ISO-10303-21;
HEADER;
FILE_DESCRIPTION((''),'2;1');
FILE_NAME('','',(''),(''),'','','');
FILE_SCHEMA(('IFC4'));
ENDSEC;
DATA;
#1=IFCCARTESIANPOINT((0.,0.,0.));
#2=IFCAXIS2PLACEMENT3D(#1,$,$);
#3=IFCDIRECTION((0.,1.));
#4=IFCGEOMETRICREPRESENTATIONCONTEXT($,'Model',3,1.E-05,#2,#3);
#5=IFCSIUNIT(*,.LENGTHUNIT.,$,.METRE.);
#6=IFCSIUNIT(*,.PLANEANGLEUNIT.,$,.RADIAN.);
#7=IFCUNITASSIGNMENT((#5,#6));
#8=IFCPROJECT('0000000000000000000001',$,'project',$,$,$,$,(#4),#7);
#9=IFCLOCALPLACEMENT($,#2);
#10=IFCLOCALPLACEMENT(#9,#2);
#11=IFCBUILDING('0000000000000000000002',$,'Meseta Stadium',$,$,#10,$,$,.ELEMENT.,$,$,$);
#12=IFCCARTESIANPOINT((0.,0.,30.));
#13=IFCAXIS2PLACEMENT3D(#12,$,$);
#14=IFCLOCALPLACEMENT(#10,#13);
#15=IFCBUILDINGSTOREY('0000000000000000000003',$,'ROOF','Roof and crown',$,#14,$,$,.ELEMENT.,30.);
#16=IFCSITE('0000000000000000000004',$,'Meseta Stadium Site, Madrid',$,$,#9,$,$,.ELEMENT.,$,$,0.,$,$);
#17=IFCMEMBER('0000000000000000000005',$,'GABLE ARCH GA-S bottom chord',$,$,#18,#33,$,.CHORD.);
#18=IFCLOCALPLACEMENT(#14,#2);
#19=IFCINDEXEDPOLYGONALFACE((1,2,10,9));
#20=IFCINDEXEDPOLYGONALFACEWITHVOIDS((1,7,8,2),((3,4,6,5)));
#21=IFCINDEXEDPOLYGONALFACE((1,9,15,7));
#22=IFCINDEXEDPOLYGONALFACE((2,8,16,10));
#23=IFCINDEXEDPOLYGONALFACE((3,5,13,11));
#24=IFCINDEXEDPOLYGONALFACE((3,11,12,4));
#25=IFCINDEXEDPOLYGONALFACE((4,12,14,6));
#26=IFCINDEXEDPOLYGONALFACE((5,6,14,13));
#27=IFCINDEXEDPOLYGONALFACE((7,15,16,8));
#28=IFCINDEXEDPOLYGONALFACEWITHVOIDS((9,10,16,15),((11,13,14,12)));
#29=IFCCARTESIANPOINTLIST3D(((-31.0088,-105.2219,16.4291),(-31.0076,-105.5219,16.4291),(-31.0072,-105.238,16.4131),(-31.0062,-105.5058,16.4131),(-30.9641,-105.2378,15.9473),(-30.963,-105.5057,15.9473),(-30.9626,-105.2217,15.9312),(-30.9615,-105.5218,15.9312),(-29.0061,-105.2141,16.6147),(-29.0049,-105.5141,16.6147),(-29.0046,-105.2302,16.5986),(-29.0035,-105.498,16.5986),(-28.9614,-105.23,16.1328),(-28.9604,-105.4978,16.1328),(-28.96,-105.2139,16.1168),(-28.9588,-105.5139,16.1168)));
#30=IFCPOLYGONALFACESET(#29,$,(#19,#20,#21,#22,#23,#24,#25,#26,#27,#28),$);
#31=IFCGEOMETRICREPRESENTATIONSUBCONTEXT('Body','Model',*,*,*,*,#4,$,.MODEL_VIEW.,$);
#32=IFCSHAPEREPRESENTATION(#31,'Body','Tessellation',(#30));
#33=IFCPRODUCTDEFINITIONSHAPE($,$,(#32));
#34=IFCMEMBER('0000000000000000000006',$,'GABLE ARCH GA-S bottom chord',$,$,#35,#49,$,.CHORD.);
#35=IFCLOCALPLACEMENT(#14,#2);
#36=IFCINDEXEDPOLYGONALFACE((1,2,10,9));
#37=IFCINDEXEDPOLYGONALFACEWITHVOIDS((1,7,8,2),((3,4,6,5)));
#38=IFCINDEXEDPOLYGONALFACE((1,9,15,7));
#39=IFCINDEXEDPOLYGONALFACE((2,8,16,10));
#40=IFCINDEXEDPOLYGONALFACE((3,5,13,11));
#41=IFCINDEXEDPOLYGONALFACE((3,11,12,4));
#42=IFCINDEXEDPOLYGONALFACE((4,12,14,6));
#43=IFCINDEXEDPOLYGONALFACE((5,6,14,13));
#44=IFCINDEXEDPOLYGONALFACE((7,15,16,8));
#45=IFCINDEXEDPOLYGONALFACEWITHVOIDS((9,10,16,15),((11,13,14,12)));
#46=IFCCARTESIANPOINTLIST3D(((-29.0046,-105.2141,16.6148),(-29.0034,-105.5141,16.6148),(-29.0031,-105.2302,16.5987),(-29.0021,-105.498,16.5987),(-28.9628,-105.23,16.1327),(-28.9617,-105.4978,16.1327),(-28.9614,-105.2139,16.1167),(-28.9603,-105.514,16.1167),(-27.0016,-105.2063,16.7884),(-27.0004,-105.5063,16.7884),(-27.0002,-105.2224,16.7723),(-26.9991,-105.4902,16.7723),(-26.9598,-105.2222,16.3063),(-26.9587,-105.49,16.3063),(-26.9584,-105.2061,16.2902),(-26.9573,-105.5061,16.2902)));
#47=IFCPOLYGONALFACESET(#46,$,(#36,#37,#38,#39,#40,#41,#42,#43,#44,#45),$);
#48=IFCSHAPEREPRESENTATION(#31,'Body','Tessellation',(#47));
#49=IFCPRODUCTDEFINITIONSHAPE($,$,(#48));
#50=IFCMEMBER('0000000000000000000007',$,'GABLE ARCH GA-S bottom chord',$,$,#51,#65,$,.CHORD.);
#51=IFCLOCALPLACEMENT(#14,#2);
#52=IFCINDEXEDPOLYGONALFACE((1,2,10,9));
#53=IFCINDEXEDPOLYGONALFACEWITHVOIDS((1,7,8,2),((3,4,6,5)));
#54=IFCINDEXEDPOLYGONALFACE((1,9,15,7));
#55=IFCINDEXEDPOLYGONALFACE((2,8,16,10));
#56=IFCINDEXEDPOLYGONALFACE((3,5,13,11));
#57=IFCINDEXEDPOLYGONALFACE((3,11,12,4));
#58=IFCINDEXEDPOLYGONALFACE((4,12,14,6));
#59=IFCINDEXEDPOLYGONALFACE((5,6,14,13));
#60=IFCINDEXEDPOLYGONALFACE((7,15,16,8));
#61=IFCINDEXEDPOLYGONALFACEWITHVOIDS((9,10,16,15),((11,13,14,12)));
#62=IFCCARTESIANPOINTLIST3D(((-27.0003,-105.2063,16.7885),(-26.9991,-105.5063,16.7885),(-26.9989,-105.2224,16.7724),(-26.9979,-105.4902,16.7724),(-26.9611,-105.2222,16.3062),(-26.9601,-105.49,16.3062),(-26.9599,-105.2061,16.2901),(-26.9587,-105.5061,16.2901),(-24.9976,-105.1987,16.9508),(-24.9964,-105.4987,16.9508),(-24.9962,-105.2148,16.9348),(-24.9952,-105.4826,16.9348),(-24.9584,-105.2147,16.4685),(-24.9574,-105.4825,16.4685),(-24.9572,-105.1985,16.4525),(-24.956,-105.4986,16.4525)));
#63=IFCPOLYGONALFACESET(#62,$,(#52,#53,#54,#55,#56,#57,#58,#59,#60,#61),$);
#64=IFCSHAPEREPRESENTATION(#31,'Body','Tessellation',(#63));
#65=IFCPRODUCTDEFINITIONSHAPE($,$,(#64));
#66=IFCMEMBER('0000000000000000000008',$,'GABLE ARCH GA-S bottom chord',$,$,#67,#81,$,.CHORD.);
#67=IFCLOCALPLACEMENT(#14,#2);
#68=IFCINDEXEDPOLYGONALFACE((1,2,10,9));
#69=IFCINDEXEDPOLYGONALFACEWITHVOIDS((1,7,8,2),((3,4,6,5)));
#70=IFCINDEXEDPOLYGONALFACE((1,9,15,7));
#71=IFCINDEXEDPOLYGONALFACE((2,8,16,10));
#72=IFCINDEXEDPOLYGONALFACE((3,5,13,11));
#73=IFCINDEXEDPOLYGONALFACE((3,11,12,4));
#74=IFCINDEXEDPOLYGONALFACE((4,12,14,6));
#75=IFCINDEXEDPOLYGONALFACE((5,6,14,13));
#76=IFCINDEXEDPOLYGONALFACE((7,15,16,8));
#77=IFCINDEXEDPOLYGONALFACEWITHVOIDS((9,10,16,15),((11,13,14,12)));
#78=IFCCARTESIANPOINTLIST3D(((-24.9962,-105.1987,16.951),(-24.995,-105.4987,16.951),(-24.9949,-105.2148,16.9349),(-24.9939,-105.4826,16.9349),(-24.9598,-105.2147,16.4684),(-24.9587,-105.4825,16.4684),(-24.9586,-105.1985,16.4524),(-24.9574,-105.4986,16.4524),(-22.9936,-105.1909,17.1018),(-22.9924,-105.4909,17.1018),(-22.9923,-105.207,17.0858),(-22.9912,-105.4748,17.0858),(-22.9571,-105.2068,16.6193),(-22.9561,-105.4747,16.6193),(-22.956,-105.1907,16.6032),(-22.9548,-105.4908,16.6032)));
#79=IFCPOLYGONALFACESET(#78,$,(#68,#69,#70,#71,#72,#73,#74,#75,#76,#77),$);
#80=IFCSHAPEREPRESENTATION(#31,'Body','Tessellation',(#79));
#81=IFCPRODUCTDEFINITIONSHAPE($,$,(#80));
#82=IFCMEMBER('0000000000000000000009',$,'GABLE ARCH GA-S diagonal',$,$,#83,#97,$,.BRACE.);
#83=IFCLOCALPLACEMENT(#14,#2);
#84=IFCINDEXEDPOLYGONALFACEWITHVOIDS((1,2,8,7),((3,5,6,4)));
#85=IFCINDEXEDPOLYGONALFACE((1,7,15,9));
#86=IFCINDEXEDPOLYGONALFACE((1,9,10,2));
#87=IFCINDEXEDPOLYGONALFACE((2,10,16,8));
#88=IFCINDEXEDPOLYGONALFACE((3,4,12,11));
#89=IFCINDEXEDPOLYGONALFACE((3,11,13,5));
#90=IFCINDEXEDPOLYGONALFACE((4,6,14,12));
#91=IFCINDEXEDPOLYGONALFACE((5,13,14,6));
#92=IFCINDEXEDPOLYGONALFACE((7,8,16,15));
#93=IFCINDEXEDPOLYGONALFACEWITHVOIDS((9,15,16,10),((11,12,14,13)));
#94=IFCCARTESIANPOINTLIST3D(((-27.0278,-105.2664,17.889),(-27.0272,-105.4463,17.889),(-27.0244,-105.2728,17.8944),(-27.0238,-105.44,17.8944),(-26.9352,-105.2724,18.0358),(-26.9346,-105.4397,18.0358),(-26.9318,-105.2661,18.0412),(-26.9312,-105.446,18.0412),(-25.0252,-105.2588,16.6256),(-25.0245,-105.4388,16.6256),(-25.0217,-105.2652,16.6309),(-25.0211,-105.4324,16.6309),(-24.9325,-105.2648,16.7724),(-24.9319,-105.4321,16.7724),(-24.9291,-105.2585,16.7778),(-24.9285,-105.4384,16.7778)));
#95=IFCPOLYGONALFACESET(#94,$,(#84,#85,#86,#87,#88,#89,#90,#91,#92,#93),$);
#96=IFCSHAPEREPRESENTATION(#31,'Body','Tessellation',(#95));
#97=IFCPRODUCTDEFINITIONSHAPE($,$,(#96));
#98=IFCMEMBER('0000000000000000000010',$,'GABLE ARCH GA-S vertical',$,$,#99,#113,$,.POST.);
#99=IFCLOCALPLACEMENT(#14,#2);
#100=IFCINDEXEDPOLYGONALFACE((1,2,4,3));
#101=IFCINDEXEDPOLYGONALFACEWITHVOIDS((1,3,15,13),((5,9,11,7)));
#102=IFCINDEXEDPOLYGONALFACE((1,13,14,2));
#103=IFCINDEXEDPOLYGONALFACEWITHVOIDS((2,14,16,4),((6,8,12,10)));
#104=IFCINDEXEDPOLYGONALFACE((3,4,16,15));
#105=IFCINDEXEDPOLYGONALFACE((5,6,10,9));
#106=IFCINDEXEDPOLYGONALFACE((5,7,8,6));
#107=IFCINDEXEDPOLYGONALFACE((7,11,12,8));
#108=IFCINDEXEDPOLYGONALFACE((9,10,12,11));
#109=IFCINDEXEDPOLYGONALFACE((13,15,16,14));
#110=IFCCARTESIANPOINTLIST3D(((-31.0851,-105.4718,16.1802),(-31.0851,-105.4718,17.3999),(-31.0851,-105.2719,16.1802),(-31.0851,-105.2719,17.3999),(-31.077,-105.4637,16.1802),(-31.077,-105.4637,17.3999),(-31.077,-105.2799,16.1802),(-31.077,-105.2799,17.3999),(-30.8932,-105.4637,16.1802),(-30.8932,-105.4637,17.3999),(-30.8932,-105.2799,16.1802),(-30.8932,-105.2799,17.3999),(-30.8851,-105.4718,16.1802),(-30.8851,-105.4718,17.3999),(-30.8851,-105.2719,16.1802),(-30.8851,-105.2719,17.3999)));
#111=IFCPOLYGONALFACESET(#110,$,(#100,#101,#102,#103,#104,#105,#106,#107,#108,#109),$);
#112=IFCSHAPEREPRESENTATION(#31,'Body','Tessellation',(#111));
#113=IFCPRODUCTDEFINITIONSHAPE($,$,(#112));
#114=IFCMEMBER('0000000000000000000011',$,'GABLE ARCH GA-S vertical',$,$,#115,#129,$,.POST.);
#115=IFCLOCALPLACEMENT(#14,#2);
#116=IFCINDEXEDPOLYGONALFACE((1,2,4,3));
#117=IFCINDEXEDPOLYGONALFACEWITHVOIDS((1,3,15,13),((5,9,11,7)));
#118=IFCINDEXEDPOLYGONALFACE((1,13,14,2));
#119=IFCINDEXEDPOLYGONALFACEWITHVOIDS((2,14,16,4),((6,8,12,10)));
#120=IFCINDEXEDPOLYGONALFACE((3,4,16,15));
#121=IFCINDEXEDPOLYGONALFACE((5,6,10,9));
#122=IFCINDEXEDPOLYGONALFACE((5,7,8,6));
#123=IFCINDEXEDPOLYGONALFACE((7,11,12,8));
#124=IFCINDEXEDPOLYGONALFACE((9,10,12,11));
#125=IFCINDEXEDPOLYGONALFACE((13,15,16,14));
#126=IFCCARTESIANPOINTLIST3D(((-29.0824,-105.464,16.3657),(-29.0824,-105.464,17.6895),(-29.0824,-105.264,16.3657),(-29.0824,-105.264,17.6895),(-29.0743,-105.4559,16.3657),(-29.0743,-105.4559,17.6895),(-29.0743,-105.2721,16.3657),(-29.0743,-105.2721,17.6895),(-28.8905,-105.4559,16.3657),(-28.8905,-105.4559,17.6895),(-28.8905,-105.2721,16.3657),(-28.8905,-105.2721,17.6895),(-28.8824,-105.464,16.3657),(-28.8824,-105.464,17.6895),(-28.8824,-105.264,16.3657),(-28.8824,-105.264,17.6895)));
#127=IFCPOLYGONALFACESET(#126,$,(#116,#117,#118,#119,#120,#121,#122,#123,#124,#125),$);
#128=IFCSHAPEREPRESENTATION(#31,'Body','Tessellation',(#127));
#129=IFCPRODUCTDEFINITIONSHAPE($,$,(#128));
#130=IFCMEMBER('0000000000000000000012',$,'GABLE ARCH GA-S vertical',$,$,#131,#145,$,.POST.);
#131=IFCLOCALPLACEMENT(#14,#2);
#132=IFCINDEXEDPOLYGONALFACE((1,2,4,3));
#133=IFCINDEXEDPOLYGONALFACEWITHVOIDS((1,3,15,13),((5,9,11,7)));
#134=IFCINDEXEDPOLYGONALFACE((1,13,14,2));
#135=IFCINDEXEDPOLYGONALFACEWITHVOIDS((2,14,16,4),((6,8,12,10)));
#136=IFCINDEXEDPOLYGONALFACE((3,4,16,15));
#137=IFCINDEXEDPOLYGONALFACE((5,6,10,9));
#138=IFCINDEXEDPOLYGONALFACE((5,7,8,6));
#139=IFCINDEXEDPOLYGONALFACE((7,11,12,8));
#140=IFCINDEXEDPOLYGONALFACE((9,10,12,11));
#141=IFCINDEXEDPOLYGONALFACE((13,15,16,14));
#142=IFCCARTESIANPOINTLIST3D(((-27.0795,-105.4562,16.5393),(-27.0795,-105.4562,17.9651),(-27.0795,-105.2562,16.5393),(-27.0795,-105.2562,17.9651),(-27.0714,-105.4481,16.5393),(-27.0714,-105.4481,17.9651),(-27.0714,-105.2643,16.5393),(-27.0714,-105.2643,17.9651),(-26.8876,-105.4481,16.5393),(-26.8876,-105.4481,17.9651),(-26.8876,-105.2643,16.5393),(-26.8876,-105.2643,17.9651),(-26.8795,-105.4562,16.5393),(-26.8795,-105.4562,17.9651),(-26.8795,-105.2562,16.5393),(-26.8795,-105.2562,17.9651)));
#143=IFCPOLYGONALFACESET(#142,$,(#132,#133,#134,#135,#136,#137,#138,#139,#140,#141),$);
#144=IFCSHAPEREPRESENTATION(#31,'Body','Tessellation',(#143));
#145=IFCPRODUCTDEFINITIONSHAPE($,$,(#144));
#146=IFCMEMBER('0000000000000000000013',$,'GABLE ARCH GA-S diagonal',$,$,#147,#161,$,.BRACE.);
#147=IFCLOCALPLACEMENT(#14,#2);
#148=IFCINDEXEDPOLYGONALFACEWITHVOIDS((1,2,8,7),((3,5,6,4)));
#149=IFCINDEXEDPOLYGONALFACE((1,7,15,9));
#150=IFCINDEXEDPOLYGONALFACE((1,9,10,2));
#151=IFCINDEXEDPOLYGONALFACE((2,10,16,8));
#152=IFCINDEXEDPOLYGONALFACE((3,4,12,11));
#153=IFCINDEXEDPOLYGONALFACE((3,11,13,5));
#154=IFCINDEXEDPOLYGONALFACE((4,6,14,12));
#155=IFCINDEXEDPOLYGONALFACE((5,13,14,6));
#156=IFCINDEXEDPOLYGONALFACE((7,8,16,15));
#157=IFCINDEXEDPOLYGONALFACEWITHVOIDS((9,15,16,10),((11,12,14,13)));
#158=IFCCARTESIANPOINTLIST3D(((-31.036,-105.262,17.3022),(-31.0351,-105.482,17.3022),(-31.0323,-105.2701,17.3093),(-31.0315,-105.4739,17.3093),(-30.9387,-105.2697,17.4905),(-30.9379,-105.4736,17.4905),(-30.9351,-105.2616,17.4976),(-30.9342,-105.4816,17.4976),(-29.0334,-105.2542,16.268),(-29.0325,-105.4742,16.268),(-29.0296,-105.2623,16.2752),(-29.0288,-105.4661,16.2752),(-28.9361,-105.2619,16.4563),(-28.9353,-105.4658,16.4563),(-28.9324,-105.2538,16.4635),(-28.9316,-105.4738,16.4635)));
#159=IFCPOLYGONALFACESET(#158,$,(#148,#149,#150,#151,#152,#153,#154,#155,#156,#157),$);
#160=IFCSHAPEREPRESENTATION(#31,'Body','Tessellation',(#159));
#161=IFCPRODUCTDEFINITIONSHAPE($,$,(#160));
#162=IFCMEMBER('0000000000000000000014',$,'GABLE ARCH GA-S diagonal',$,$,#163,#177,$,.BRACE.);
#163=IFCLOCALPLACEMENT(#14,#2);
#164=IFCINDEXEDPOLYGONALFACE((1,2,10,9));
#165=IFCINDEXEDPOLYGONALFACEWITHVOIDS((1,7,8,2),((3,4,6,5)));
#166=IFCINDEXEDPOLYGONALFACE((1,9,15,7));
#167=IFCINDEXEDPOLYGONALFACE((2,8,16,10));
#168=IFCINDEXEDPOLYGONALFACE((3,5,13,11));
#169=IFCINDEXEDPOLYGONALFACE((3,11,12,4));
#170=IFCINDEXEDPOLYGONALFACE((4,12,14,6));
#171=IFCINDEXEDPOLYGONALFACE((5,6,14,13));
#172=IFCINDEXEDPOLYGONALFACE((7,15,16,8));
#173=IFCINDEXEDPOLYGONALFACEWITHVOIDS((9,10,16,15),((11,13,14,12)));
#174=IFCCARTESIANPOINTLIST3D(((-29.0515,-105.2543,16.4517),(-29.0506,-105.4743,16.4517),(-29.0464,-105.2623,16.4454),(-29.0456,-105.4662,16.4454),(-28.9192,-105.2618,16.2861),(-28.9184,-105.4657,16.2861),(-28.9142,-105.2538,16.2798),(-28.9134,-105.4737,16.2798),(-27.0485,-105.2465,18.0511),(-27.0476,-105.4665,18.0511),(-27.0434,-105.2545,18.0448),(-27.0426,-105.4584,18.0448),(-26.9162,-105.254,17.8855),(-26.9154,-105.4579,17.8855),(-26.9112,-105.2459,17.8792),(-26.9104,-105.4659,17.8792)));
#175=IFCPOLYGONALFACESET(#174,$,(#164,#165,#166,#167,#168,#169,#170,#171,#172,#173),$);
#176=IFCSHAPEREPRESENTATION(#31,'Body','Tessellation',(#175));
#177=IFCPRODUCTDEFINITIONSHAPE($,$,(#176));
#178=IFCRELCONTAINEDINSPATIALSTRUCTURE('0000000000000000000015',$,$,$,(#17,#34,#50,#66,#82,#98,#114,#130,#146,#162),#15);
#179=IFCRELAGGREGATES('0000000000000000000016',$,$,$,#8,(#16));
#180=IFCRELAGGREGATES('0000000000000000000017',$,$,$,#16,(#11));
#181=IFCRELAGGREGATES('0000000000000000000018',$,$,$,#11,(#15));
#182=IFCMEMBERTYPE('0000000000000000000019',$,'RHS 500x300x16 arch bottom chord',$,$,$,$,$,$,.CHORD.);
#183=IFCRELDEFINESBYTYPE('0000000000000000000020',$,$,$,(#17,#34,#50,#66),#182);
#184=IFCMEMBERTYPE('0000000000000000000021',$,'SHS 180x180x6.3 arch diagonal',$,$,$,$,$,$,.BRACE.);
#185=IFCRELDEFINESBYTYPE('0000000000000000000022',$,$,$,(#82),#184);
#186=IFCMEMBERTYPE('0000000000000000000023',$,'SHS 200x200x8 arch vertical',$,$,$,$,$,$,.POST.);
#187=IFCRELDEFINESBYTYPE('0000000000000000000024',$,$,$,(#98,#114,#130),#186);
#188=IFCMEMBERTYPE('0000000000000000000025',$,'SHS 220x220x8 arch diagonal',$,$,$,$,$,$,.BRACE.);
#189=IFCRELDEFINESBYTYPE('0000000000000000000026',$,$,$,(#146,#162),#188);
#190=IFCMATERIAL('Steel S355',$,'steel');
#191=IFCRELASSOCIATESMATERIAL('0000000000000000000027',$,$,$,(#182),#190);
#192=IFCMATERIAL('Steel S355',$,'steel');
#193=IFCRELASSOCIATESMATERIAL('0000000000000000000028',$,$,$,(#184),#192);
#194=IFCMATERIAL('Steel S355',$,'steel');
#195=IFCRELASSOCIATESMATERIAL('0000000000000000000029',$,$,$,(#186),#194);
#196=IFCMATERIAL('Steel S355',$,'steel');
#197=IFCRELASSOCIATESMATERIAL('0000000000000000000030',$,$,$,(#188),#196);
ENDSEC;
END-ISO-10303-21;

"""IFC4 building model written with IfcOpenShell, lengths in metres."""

from ifc_helpers import new_model, si_unit, direction, frame, origin, origin_2d, place, context, subcontext, project, spatial, hollow_rectangle, extrude, material, material_profile, profile_set, type_object, element, save


model = new_model("IFC4")

# Units and contexts
model_context = context("Model", 3, precision=1e-05, world=origin(), true_north=direction((0.0, 1.0)))
body_context = subcontext(model_context, "Body", "Model", "MODEL_VIEW")
ifc_project = project(units=[si_unit("LENGTHUNIT", "METRE"), si_unit("PLANEANGLEUNIT", "RADIAN")], contexts=[model_context])

# Site, building, storey
site_placement = place(None, origin())
site = spatial("IfcSite", under=ifc_project, at=site_placement, Name="Meseta Stadium Site, Madrid", CompositionType="ELEMENT", RefElevation=0.0)
building_placement = place(site_placement, origin())
building = spatial("IfcBuilding", under=site, at=building_placement, Name="Meseta Stadium", CompositionType="ELEMENT")
storey_placement = place(building_placement, frame((0.0, 0.0, 30.0)))
storey = spatial("IfcBuildingStorey", under=building, at=storey_placement, Name="ROOF", Description="Roof and crown", CompositionType="ELEMENT", Elevation=30.0)

# Members
ifc_material_1 = material(Name="Steel S355", Category="steel")
ifc_material_profile_1 = material_profile(ifc_material_1, hollow_rectangle(XDim=0.3, YDim=0.5, WallThickness=0.0161, at=origin_2d()), Name="RHS 500x300x16")
ifc_profile_set_1 = profile_set([ifc_material_profile_1], Name="Steel S355")
member_type_1 = type_object("IfcMemberType", Name="RHS 500x300x16 arch bottom chord", PredefinedType="CHORD", material=ifc_profile_set_1)
member_1_placement = place(storey_placement, frame((-30.9851, -105.3718, 16.1802), z_axis=(0.995728, 0.003884, 0.092253), x_axis=(-0.003901, 0.999992, 0.0)))
element("IfcMember", 1, at=member_1_placement, inside=storey, type_object=member_type_1, Name="GABLE ARCH GA-S bottom chord", PredefinedType="CHORD", context=body_context, shape_type="SweptSolid", body=[
    extrude(hollow_rectangle(XDim=0.3, YDim=0.5, WallThickness=0.0161, at=origin_2d()), origin(), (0.0, 0.0, 1.0), 2.0112),
])
member_2_placement = place(storey_placement, frame((-28.9824, -105.364, 16.3657), z_axis=(0.996258, 0.003886, 0.086341), x_axis=(-0.003901, 0.999992, 0.0)))
element("IfcMember", 2, at=member_2_placement, inside=storey, type_object=member_type_1, Name="GABLE ARCH GA-S bottom chord", PredefinedType="CHORD", context=body_context, shape_type="SweptSolid", body=[
    extrude(hollow_rectangle(XDim=0.3, YDim=0.5, WallThickness=0.0161, at=origin_2d()), origin(), (0.0, 0.0, 1.0), 2.0105),
])
member_3_placement = place(storey_placement, frame((-26.9795, -105.3562, 16.5393), z_axis=(0.996723, 0.003767, 0.080802), x_axis=(-0.003779, 0.999993, 0.0)))
element("IfcMember", 3, at=member_3_placement, inside=storey, type_object=member_type_1, Name="GABLE ARCH GA-S bottom chord", PredefinedType="CHORD", context=body_context, shape_type="SweptSolid", body=[
    extrude(hollow_rectangle(XDim=0.3, YDim=0.5, WallThickness=0.0161, at=origin_2d()), origin(), (0.0, 0.0, 1.0), 2.0093),
])
member_4_placement = place(storey_placement, frame((-24.9768, -105.3486, 16.7017), z_axis=(0.997167, 0.00389, 0.075125), x_axis=(-0.003901, 0.999992, 0.0)))
element("IfcMember", 4, at=member_4_placement, inside=storey, type_object=member_type_1, Name="GABLE ARCH GA-S bottom chord", PredefinedType="CHORD", context=body_context, shape_type="SweptSolid", body=[
    extrude(hollow_rectangle(XDim=0.3, YDim=0.5, WallThickness=0.0161, at=origin_2d()), origin(), (0.0, 0.0, 1.0), 2.0083),
])
ifc_material_2 = material(Name="Steel S355", Category="steel")
ifc_material_profile_2 = material_profile(ifc_material_2, hollow_rectangle(XDim=0.1799, YDim=0.1799, WallThickness=0.0063, at=origin_2d()), Name="SHS 180x180x6.3")
ifc_profile_set_2 = profile_set([ifc_material_profile_2], Name="Steel S355")
member_type_2 = type_object("IfcMemberType", Name="SHS 180x180x6.3 arch diagonal", PredefinedType="BRACE", material=ifc_profile_set_2)
member_5_placement = place(storey_placement, frame((-26.9795, -105.3562, 17.9651), z_axis=(0.845756, 0.003196, -0.53356), x_axis=(-0.003779, 0.999993, 0.0)))
element("IfcMember", 5, at=member_5_placement, inside=storey, type_object=member_type_2, Name="GABLE ARCH GA-S diagonal", PredefinedType="BRACE", context=body_context, shape_type="SweptSolid", body=[
    extrude(hollow_rectangle(XDim=0.1799, YDim=0.1799, WallThickness=0.0063, at=origin_2d()), origin(), (0.0, 0.0, 1.0), 2.3679),
])
ifc_material_3 = material(Name="Steel S355", Category="steel")
ifc_material_profile_3 = material_profile(ifc_material_3, hollow_rectangle(XDim=0.2, YDim=0.2, WallThickness=0.0081, at=origin_2d()), Name="SHS 200x200x8")
ifc_profile_set_3 = profile_set([ifc_material_profile_3], Name="Steel S355")
member_type_3 = type_object("IfcMemberType", Name="SHS 200x200x8 arch vertical", PredefinedType="POST", material=ifc_profile_set_3)
member_6_placement = place(storey_placement, frame((-30.9851, -105.3718, 16.1802), z_axis=(0.0, 0.0, 1.0), x_axis=(1.0, 0.0, 0.0)))
element("IfcMember", 6, at=member_6_placement, inside=storey, type_object=member_type_3, Name="GABLE ARCH GA-S vertical", PredefinedType="POST", context=body_context, shape_type="SweptSolid", body=[
    extrude(hollow_rectangle(XDim=0.2, YDim=0.2, WallThickness=0.0081, at=origin_2d()), origin(), (0.0, 0.0, 1.0), 1.2197),
])
member_7_placement = place(storey_placement, frame((-28.9824, -105.364, 16.3657), z_axis=(0.0, 0.0, 1.0), x_axis=(1.0, 0.0, 0.0)))
element("IfcMember", 7, at=member_7_placement, inside=storey, type_object=member_type_3, Name="GABLE ARCH GA-S vertical", PredefinedType="POST", context=body_context, shape_type="SweptSolid", body=[
    extrude(hollow_rectangle(XDim=0.2, YDim=0.2, WallThickness=0.0081, at=origin_2d()), origin(), (0.0, 0.0, 1.0), 1.3237),
])
member_8_placement = place(storey_placement, frame((-26.9795, -105.3562, 16.5393), z_axis=(0.0, 0.0, 1.0), x_axis=(1.0, 0.0, 0.0)))
element("IfcMember", 8, at=member_8_placement, inside=storey, type_object=member_type_3, Name="GABLE ARCH GA-S vertical", PredefinedType="POST", context=body_context, shape_type="SweptSolid", body=[
    extrude(hollow_rectangle(XDim=0.2, YDim=0.2, WallThickness=0.0081, at=origin_2d()), origin(), (0.0, 0.0, 1.0), 1.4258),
])
ifc_material_4 = material(Name="Steel S355", Category="steel")
ifc_material_profile_4 = material_profile(ifc_material_4, hollow_rectangle(XDim=0.22, YDim=0.22, WallThickness=0.0081, at=origin_2d()), Name="SHS 220x220x8")
ifc_profile_set_4 = profile_set([ifc_material_profile_4], Name="Steel S355")
member_type_4 = type_object("IfcMemberType", Name="SHS 220x220x8 arch diagonal", PredefinedType="BRACE", material=ifc_profile_set_4)
member_9_placement = place(storey_placement, frame((-30.9851, -105.3718, 17.3999), z_axis=(0.888518, 0.003466, -0.458828), x_axis=(-0.003901, 0.999992, 0.0)))
element("IfcMember", 9, at=member_9_placement, inside=storey, type_object=member_type_4, Name="GABLE ARCH GA-S diagonal", PredefinedType="BRACE", context=body_context, shape_type="SweptSolid", body=[
    extrude(hollow_rectangle(XDim=0.22, YDim=0.22, WallThickness=0.0081, at=origin_2d()), origin(), (0.0, 0.0, 1.0), 2.2539),
])
member_10_placement = place(storey_placement, frame((-28.9824, -105.364, 16.3657), z_axis=(0.781432, 0.003048, 0.623983), x_axis=(-0.003901, 0.999992, 0.0)))
element("IfcMember", 10, at=member_10_placement, inside=storey, type_object=member_type_4, Name="GABLE ARCH GA-S diagonal", PredefinedType="BRACE", context=body_context, shape_type="SweptSolid", body=[
    extrude(hollow_rectangle(XDim=0.22, YDim=0.22, WallThickness=0.0081, at=origin_2d()), origin(), (0.0, 0.0, 1.0), 2.5632),
])

save(model, "model.ifc")
